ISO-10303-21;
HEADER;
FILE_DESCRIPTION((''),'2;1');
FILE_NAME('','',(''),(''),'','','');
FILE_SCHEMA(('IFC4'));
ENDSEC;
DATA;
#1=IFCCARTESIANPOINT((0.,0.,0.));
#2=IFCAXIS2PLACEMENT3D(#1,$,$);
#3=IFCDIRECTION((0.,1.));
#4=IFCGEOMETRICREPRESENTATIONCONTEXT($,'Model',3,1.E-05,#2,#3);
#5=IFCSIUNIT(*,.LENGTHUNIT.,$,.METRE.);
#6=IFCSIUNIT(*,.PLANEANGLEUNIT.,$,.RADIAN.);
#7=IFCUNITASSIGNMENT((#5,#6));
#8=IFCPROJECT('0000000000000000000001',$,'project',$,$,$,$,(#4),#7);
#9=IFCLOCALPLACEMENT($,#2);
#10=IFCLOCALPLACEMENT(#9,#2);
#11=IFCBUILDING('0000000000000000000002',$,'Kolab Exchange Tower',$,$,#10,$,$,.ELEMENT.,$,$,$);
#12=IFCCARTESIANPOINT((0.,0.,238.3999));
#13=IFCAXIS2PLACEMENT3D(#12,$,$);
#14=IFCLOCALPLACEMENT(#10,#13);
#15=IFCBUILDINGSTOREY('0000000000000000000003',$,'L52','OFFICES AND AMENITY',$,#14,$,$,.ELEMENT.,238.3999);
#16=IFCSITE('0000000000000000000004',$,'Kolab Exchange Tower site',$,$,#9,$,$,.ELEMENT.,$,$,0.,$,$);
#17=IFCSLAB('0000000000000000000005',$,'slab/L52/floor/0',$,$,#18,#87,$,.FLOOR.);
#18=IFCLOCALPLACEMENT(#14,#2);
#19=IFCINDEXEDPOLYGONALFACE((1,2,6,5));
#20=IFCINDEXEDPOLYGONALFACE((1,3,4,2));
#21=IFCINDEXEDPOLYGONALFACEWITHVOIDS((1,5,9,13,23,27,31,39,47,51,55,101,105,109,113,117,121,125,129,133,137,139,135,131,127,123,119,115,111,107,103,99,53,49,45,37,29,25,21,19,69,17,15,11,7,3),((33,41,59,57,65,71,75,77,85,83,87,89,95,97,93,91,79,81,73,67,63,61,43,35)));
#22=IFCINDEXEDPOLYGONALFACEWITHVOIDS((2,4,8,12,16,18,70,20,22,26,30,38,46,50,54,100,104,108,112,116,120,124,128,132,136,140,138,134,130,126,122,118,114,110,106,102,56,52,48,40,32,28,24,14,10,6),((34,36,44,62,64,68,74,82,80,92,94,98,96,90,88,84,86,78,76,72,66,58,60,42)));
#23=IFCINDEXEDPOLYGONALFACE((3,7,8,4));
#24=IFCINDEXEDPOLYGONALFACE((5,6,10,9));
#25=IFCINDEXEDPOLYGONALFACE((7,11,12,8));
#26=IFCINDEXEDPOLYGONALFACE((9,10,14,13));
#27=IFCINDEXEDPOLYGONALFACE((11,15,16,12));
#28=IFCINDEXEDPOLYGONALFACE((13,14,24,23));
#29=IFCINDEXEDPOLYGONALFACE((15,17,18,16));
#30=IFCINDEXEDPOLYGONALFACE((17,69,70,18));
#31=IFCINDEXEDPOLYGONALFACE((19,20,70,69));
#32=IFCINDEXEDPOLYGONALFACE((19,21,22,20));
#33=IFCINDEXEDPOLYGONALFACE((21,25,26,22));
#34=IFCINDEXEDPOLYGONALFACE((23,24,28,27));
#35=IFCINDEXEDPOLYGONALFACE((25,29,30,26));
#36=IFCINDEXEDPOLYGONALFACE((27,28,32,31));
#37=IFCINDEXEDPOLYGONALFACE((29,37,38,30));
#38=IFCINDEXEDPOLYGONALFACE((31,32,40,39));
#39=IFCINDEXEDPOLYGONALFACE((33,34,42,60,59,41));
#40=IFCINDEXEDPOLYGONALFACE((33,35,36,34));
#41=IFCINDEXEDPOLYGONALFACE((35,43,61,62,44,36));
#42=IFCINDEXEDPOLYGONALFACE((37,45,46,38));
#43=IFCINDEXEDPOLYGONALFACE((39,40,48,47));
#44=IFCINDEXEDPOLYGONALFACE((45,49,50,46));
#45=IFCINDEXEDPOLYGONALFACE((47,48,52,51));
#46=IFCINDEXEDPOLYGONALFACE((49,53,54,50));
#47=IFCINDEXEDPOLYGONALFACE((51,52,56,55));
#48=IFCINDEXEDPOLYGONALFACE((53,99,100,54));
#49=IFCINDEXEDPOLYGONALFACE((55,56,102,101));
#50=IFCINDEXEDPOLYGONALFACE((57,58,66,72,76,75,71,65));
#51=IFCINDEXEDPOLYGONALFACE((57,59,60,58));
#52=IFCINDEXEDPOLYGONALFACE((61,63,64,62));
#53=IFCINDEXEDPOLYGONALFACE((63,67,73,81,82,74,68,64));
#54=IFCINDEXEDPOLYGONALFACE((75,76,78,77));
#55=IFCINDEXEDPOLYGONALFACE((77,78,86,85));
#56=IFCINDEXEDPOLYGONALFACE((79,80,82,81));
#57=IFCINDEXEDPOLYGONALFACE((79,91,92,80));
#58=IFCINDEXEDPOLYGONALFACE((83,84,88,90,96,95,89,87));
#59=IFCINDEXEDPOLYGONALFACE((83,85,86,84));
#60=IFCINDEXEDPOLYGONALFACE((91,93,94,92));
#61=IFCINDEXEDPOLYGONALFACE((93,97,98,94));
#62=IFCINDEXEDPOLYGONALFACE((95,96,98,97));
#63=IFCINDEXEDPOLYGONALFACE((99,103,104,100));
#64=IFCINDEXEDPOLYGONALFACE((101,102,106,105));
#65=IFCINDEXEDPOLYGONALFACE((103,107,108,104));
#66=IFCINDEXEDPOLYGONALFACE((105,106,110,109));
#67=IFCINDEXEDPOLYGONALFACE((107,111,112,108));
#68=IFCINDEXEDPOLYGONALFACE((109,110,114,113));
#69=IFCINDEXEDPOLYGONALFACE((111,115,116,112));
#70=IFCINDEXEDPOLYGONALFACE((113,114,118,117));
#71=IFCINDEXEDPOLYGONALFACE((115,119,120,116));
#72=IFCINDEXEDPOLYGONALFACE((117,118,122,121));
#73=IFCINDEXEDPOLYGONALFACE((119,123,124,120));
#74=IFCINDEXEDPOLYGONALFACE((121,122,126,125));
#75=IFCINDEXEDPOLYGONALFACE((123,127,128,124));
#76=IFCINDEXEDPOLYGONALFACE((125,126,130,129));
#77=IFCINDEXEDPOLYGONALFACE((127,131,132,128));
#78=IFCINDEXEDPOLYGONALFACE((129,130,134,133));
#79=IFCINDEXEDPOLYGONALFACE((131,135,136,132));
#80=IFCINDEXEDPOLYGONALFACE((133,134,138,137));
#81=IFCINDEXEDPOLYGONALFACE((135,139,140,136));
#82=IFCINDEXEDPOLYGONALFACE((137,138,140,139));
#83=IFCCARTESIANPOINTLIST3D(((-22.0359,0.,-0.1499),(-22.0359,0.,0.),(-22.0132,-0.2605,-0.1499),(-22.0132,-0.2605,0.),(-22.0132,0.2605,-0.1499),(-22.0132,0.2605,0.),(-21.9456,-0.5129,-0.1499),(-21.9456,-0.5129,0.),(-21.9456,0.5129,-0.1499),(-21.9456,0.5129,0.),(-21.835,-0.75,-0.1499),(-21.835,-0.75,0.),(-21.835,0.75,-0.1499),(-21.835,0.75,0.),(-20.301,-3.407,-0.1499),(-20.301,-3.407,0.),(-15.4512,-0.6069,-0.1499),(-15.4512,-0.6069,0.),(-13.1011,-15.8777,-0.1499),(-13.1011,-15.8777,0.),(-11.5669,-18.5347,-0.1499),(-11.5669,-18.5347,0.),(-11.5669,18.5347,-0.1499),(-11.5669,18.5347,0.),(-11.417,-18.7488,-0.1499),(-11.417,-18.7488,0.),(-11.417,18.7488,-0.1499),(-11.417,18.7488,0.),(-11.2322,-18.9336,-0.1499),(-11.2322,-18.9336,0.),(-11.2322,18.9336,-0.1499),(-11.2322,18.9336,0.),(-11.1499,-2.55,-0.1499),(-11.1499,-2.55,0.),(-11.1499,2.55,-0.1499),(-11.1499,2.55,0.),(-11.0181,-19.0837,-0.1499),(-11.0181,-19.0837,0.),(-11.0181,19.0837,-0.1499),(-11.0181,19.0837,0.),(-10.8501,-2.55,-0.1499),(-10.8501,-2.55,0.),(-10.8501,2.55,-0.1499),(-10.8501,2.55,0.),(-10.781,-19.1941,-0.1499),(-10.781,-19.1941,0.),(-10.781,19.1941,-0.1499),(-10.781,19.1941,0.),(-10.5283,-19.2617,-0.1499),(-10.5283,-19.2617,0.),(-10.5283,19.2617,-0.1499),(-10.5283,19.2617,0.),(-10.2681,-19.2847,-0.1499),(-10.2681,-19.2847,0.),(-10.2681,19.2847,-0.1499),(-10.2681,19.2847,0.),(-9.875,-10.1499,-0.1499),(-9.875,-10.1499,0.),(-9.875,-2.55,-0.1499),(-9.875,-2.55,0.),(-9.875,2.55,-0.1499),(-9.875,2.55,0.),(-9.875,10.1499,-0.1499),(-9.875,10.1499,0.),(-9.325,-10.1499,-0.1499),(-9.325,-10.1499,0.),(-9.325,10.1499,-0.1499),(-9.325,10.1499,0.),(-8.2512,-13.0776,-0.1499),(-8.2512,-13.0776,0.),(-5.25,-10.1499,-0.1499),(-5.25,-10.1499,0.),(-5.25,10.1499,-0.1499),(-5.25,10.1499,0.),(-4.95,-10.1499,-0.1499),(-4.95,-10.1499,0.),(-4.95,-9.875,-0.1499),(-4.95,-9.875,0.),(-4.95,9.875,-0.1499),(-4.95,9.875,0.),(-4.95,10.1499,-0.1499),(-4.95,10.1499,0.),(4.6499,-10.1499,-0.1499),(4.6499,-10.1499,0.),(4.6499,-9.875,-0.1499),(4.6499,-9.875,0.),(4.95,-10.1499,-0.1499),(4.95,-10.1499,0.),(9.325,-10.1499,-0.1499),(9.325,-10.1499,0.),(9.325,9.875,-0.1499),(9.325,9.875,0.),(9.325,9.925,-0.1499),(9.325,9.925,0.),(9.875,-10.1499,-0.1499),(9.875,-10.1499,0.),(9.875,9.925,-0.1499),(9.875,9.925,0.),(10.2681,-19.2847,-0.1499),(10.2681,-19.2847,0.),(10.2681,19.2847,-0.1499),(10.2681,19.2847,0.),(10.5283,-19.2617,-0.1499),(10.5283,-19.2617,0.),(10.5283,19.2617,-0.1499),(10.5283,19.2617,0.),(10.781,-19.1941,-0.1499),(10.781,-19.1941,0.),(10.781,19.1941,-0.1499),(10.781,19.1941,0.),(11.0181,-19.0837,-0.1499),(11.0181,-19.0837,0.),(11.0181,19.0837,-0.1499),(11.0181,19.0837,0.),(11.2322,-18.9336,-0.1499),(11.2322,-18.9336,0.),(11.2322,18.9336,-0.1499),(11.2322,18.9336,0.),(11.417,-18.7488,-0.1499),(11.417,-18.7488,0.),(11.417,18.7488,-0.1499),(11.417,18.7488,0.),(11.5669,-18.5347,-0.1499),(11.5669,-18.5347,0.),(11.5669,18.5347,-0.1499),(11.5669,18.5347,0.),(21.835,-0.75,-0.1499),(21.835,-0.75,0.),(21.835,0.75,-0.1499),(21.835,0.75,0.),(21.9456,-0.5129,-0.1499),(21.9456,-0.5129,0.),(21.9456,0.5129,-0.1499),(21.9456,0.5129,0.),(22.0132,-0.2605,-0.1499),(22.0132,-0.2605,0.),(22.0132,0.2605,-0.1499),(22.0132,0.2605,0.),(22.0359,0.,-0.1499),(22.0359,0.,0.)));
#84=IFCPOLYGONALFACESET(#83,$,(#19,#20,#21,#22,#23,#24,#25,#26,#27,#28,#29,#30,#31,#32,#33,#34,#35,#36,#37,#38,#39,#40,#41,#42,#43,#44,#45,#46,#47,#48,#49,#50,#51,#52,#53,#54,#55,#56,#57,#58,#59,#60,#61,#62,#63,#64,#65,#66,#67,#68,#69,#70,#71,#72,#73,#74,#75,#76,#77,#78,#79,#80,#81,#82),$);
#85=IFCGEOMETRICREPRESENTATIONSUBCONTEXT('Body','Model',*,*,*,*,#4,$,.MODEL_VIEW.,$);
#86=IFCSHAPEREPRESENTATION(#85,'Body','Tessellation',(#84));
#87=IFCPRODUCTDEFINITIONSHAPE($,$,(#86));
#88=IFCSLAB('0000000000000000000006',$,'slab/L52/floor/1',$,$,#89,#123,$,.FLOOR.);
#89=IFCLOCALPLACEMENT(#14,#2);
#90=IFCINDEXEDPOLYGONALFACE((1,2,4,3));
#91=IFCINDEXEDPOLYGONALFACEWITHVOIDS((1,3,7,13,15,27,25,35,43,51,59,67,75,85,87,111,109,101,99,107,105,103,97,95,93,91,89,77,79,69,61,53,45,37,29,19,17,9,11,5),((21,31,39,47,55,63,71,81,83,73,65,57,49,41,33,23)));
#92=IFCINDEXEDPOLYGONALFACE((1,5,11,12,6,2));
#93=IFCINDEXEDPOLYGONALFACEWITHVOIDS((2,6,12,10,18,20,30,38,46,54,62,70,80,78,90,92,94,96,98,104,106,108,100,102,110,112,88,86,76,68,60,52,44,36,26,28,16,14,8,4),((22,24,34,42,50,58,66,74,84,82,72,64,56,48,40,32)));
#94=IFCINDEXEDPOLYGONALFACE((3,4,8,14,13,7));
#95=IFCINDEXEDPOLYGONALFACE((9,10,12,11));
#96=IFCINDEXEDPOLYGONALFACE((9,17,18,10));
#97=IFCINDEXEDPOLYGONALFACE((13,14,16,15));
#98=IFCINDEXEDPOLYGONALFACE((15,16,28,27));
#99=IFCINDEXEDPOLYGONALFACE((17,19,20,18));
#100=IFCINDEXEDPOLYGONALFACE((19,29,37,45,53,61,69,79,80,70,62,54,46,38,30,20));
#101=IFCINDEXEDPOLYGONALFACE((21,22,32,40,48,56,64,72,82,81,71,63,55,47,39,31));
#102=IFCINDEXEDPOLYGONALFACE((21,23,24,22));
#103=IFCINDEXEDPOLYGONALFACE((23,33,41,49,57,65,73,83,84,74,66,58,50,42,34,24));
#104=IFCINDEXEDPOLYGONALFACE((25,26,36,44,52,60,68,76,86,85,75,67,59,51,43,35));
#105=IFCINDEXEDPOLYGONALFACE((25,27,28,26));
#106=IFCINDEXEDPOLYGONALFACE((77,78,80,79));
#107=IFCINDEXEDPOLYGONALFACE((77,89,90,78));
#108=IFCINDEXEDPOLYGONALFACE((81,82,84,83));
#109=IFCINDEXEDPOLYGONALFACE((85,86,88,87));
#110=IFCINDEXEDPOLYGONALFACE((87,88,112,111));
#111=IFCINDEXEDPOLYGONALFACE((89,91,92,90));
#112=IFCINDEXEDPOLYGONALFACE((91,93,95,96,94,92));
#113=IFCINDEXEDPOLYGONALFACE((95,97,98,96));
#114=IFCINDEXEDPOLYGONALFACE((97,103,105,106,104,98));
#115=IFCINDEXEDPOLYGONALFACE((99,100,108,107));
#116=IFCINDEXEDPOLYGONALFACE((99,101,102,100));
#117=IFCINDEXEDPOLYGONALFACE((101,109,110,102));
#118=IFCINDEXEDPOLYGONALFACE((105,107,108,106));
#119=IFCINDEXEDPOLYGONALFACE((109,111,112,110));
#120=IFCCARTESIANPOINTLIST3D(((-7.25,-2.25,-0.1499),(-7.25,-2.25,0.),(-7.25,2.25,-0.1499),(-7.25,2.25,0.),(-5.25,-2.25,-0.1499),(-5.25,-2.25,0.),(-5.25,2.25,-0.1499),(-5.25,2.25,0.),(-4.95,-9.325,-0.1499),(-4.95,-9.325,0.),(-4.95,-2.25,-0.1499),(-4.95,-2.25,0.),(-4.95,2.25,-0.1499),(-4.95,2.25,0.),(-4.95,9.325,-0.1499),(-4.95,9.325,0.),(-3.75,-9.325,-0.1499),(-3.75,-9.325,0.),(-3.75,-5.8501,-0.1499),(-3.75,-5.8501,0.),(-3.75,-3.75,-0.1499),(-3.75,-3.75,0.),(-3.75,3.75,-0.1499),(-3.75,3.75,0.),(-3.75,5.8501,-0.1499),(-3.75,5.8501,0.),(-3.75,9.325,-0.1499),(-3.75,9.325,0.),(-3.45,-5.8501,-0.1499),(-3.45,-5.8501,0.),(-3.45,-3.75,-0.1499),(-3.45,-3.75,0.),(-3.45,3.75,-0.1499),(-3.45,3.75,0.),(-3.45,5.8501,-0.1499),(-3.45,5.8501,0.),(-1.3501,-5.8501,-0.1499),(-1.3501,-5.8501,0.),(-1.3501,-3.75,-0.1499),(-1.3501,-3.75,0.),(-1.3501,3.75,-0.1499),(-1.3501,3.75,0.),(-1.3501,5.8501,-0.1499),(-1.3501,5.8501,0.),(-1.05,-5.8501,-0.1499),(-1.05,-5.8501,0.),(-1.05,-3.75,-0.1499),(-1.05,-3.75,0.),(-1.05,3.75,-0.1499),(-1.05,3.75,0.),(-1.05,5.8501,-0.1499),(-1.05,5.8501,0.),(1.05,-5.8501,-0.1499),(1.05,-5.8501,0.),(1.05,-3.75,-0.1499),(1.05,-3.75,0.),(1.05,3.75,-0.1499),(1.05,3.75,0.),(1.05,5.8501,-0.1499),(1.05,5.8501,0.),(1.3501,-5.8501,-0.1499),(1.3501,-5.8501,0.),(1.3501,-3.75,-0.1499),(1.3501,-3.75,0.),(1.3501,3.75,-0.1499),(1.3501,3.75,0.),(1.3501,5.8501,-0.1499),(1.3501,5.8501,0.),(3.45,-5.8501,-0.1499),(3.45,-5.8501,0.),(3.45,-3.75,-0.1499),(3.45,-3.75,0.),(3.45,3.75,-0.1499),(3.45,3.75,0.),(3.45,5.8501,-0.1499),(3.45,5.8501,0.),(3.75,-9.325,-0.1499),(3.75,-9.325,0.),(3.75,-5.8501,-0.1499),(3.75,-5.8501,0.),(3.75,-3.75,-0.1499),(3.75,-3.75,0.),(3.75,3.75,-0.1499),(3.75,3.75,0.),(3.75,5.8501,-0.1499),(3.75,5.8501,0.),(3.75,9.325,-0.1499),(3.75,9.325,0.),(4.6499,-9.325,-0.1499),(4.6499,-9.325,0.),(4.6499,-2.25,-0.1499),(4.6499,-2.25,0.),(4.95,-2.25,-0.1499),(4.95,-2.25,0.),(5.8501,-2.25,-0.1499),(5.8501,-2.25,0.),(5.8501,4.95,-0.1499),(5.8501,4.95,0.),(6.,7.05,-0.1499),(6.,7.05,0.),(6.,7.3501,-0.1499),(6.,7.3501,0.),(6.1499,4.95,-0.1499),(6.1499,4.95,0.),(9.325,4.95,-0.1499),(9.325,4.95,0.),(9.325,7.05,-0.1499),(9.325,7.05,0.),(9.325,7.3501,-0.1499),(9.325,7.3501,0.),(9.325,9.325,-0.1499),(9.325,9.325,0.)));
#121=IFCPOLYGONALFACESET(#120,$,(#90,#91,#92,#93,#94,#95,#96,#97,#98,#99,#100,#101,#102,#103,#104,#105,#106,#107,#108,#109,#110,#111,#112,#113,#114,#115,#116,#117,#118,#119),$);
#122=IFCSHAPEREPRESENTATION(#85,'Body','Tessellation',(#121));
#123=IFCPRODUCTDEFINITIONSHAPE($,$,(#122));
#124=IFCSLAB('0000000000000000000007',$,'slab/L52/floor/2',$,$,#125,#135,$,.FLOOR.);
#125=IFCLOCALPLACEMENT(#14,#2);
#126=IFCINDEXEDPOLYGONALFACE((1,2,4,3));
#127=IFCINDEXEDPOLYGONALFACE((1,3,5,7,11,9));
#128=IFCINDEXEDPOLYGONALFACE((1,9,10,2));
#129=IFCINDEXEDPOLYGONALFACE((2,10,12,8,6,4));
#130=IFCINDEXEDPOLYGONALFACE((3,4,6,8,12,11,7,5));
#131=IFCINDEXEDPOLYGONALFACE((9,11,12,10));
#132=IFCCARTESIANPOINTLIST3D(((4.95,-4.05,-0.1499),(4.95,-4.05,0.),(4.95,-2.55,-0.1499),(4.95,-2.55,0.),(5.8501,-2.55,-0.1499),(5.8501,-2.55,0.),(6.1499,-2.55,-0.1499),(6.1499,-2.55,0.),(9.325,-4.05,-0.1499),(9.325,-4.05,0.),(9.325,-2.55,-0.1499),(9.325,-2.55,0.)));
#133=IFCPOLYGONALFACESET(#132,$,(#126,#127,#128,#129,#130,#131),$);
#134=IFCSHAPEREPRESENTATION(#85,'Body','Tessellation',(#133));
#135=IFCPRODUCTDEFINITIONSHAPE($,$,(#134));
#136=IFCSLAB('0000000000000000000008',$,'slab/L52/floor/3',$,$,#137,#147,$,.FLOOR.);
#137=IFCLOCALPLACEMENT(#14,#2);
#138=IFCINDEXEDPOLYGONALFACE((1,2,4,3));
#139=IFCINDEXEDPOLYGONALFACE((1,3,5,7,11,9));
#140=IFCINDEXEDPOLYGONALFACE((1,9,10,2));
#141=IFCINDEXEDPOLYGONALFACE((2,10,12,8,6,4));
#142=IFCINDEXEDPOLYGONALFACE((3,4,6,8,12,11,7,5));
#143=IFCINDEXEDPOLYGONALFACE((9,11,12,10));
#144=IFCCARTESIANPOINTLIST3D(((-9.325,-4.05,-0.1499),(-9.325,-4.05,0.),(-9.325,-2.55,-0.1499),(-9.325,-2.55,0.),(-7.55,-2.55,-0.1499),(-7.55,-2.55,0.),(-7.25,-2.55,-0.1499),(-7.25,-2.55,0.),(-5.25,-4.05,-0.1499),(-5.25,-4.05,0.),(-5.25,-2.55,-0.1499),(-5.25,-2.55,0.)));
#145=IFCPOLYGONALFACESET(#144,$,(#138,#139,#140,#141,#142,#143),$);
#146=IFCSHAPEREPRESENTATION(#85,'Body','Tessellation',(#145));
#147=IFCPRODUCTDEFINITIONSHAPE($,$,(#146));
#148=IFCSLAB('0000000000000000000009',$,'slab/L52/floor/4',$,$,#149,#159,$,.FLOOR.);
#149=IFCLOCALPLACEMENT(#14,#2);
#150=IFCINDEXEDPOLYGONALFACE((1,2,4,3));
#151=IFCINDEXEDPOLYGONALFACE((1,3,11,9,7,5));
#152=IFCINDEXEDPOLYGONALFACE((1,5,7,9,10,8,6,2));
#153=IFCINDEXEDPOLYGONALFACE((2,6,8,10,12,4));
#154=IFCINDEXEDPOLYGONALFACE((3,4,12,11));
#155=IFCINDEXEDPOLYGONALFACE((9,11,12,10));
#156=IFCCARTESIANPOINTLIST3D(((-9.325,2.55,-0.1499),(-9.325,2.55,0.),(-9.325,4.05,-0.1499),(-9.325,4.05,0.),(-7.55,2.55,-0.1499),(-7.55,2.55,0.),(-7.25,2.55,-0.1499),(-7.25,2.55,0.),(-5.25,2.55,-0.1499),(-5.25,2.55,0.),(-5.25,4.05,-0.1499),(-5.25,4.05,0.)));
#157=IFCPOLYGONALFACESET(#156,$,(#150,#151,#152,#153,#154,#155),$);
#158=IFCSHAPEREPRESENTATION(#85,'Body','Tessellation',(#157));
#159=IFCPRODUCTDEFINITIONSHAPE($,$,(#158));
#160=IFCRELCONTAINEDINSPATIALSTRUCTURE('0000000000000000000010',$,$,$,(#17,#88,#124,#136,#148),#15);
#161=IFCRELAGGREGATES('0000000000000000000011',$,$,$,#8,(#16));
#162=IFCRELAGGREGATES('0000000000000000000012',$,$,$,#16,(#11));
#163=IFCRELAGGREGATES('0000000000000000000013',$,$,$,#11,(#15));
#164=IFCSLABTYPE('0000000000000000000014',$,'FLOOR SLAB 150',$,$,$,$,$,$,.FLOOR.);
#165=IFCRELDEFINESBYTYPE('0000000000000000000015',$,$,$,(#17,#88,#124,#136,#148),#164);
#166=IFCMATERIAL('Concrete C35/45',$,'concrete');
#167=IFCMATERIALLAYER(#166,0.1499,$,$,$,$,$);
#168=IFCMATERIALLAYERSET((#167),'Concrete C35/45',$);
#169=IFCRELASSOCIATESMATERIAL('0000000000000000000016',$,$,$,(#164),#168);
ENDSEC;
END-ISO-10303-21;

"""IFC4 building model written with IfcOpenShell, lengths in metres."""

from ifc_helpers import new_model, si_unit, direction, frame, origin, place, context, subcontext, project, spatial, polyline, outline, extrude, material, layer, layer_set, type_object, element, save


model = new_model("IFC4")

# Units and contexts
model_context = context("Model", 3, precision=1e-05, world=origin(), true_north=direction((0.0, 1.0)))
body_context = subcontext(model_context, "Body", "Model", "MODEL_VIEW")
ifc_project = project(units=[si_unit("LENGTHUNIT", "METRE"), si_unit("PLANEANGLEUNIT", "RADIAN")], contexts=[model_context])

# Site, building, storey
site_placement = place(None, origin())
site = spatial("IfcSite", under=ifc_project, at=site_placement, Name="Kolab Exchange Tower site", CompositionType="ELEMENT", RefElevation=0.0)
building_placement = place(site_placement, origin())
building = spatial("IfcBuilding", under=site, at=building_placement, Name="Kolab Exchange Tower", CompositionType="ELEMENT")
storey_placement = place(building_placement, frame((0.0, 0.0, 238.3999)))
storey = spatial("IfcBuildingStorey", under=building, at=storey_placement, Name="L52", Description="OFFICES AND AMENITY", CompositionType="ELEMENT", Elevation=238.3999)

# Slabs
ifc_material_1 = material(Name="Concrete C35/45", Category="concrete")
ifc_layer_1 = layer(ifc_material_1, 0.1499)
ifc_layer_set_1 = layer_set([ifc_layer_1], Name="Concrete C35/45")
slab_type_1 = type_object("IfcSlabType", Name="FLOOR SLAB 150", PredefinedType="FLOOR", material=ifc_layer_set_1)
slab_1_placement = place(storey_placement, frame((0.0, 0.0, -0.1499)))
element("IfcSlab", 1, at=slab_1_placement, inside=storey, type_object=slab_type_1, Name="slab/L52/floor/0", PredefinedType="FLOOR", context=body_context, shape_type="SweptSolid", body=[
    extrude(outline(polyline([(-21.835, -0.75), (-20.301, -3.407), (-15.4512, -0.6069), (-8.2512, -13.0776), (-13.1011, -15.8777), (-11.5669, -18.5347), (-11.417, -18.7488), (-11.2322, -18.9336), (-11.0181, -19.0837), (-10.781, -19.1941), (-10.5283, -19.2617), (-10.2681, -19.2847), (10.2681, -19.2847), (10.5283, -19.2617), (10.781, -19.1941), (11.0181, -19.0837), (11.2322, -18.9336), (11.417, -18.7488), (11.5669, -18.5347), (21.835, -0.75), (21.9456, -0.5129), (22.0132, -0.2605), (22.0359, 0.0), (22.0132, 0.2605), (21.9456, 0.5129), (21.835, 0.75), (11.5669, 18.5347), (11.417, 18.7488), (11.2322, 18.9336), (11.0181, 19.0837), (10.781, 19.1941), (10.5283, 19.2617), (10.2681, 19.2847), (-10.2681, 19.2847), (-10.5283, 19.2617), (-10.781, 19.1941), (-11.0181, 19.0837), (-11.2322, 18.9336), (-11.417, 18.7488), (-11.5669, 18.5347), (-21.835, 0.75), (-21.9456, 0.5129), (-22.0132, 0.2605), (-22.0359, 0.0), (-22.0132, -0.2605), (-21.9456, -0.5129), (-21.835, -0.75)]), holes=[polyline([(-9.325, -10.1499), (-9.875, -10.1499), (-9.875, -2.55), (-10.8501, -2.55), (-11.1499, -2.55), (-11.1499, 2.55), (-10.8501, 2.55), (-9.875, 2.55), (-9.875, 10.1499), (-9.325, 10.1499), (-5.25, 10.1499), (-4.95, 10.1499), (-4.95, 9.875), (9.325, 9.875), (9.325, 9.925), (9.875, 9.925), (9.875, -10.1499), (9.325, -10.1499), (4.95, -10.1499), (4.6499, -10.1499), (4.6499, -9.875), (-4.95, -9.875), (-4.95, -10.1499), (-5.25, -10.1499), (-9.325, -10.1499)])]), origin(), (0.0, 0.0, 1.0), 0.1499),
])
slab_2_placement = place(storey_placement, frame((0.0, 0.0, -0.1499)))
element("IfcSlab", 2, at=slab_2_placement, inside=storey, type_object=slab_type_1, Name="slab/L52/floor/1", PredefinedType="FLOOR", context=body_context, shape_type="SweptSolid", body=[
    extrude(outline(polyline([(-4.95, 9.325), (-4.95, 2.25), (-5.25, 2.25), (-7.25, 2.25), (-7.25, -2.25), (-5.25, -2.25), (-4.95, -2.25), (-4.95, -9.325), (-3.75, -9.325), (-3.75, -5.8501), (-3.45, -5.8501), (-1.3501, -5.8501), (-1.05, -5.8501), (1.05, -5.8501), (1.3501, -5.8501), (3.45, -5.8501), (3.75, -5.8501), (3.75, -9.325), (4.6499, -9.325), (4.6499, -2.25), (4.95, -2.25), (5.8501, -2.25), (5.8501, 4.95), (6.1499, 4.95), (9.325, 4.95), (9.325, 7.05), (6.0, 7.05), (6.0, 7.3501), (9.325, 7.3501), (9.325, 9.325), (3.75, 9.325), (3.75, 5.8501), (3.45, 5.8501), (1.3501, 5.8501), (1.05, 5.8501), (-1.05, 5.8501), (-1.3501, 5.8501), (-3.45, 5.8501), (-3.75, 5.8501), (-3.75, 9.325), (-4.95, 9.325)]), holes=[polyline([(-3.45, -3.75), (-3.75, -3.75), (-3.75, 3.75), (-3.45, 3.75), (-1.3501, 3.75), (-1.05, 3.75), (1.05, 3.75), (1.3501, 3.75), (3.45, 3.75), (3.75, 3.75), (3.75, -3.75), (3.45, -3.75), (1.3501, -3.75), (1.05, -3.75), (-1.05, -3.75), (-1.3501, -3.75), (-3.45, -3.75)])]), origin(), (0.0, 0.0, 1.0), 0.1499),
])
slab_3_placement = place(storey_placement, frame((0.0, 0.0, -0.1499)))
element("IfcSlab", 3, at=slab_3_placement, inside=storey, type_object=slab_type_1, Name="slab/L52/floor/2", PredefinedType="FLOOR", context=body_context, shape_type="SweptSolid", body=[
    extrude(outline(polyline([(4.95, -2.55), (4.95, -4.05), (9.325, -4.05), (9.325, -2.55), (6.1499, -2.55), (5.8501, -2.55), (4.95, -2.55)])), origin(), (0.0, 0.0, 1.0), 0.1499),
])
slab_4_placement = place(storey_placement, frame((0.0, 0.0, -0.1499)))
element("IfcSlab", 4, at=slab_4_placement, inside=storey, type_object=slab_type_1, Name="slab/L52/floor/3", PredefinedType="FLOOR", context=body_context, shape_type="SweptSolid", body=[
    extrude(outline(polyline([(-7.55, -2.55), (-9.325, -2.55), (-9.325, -4.05), (-5.25, -4.05), (-5.25, -2.55), (-7.25, -2.55), (-7.55, -2.55)])), origin(), (0.0, 0.0, 1.0), 0.1499),
])
slab_5_placement = place(storey_placement, frame((0.0, 0.0, -0.1499)))
element("IfcSlab", 5, at=slab_5_placement, inside=storey, type_object=slab_type_1, Name="slab/L52/floor/4", PredefinedType="FLOOR", context=body_context, shape_type="SweptSolid", body=[
    extrude(outline(polyline([(-9.325, 4.05), (-9.325, 2.55), (-7.55, 2.55), (-7.25, 2.55), (-5.25, 2.55), (-5.25, 4.05), (-9.325, 4.05)])), origin(), (0.0, 0.0, 1.0), 0.1499),
])

save(model, "model.ifc")
